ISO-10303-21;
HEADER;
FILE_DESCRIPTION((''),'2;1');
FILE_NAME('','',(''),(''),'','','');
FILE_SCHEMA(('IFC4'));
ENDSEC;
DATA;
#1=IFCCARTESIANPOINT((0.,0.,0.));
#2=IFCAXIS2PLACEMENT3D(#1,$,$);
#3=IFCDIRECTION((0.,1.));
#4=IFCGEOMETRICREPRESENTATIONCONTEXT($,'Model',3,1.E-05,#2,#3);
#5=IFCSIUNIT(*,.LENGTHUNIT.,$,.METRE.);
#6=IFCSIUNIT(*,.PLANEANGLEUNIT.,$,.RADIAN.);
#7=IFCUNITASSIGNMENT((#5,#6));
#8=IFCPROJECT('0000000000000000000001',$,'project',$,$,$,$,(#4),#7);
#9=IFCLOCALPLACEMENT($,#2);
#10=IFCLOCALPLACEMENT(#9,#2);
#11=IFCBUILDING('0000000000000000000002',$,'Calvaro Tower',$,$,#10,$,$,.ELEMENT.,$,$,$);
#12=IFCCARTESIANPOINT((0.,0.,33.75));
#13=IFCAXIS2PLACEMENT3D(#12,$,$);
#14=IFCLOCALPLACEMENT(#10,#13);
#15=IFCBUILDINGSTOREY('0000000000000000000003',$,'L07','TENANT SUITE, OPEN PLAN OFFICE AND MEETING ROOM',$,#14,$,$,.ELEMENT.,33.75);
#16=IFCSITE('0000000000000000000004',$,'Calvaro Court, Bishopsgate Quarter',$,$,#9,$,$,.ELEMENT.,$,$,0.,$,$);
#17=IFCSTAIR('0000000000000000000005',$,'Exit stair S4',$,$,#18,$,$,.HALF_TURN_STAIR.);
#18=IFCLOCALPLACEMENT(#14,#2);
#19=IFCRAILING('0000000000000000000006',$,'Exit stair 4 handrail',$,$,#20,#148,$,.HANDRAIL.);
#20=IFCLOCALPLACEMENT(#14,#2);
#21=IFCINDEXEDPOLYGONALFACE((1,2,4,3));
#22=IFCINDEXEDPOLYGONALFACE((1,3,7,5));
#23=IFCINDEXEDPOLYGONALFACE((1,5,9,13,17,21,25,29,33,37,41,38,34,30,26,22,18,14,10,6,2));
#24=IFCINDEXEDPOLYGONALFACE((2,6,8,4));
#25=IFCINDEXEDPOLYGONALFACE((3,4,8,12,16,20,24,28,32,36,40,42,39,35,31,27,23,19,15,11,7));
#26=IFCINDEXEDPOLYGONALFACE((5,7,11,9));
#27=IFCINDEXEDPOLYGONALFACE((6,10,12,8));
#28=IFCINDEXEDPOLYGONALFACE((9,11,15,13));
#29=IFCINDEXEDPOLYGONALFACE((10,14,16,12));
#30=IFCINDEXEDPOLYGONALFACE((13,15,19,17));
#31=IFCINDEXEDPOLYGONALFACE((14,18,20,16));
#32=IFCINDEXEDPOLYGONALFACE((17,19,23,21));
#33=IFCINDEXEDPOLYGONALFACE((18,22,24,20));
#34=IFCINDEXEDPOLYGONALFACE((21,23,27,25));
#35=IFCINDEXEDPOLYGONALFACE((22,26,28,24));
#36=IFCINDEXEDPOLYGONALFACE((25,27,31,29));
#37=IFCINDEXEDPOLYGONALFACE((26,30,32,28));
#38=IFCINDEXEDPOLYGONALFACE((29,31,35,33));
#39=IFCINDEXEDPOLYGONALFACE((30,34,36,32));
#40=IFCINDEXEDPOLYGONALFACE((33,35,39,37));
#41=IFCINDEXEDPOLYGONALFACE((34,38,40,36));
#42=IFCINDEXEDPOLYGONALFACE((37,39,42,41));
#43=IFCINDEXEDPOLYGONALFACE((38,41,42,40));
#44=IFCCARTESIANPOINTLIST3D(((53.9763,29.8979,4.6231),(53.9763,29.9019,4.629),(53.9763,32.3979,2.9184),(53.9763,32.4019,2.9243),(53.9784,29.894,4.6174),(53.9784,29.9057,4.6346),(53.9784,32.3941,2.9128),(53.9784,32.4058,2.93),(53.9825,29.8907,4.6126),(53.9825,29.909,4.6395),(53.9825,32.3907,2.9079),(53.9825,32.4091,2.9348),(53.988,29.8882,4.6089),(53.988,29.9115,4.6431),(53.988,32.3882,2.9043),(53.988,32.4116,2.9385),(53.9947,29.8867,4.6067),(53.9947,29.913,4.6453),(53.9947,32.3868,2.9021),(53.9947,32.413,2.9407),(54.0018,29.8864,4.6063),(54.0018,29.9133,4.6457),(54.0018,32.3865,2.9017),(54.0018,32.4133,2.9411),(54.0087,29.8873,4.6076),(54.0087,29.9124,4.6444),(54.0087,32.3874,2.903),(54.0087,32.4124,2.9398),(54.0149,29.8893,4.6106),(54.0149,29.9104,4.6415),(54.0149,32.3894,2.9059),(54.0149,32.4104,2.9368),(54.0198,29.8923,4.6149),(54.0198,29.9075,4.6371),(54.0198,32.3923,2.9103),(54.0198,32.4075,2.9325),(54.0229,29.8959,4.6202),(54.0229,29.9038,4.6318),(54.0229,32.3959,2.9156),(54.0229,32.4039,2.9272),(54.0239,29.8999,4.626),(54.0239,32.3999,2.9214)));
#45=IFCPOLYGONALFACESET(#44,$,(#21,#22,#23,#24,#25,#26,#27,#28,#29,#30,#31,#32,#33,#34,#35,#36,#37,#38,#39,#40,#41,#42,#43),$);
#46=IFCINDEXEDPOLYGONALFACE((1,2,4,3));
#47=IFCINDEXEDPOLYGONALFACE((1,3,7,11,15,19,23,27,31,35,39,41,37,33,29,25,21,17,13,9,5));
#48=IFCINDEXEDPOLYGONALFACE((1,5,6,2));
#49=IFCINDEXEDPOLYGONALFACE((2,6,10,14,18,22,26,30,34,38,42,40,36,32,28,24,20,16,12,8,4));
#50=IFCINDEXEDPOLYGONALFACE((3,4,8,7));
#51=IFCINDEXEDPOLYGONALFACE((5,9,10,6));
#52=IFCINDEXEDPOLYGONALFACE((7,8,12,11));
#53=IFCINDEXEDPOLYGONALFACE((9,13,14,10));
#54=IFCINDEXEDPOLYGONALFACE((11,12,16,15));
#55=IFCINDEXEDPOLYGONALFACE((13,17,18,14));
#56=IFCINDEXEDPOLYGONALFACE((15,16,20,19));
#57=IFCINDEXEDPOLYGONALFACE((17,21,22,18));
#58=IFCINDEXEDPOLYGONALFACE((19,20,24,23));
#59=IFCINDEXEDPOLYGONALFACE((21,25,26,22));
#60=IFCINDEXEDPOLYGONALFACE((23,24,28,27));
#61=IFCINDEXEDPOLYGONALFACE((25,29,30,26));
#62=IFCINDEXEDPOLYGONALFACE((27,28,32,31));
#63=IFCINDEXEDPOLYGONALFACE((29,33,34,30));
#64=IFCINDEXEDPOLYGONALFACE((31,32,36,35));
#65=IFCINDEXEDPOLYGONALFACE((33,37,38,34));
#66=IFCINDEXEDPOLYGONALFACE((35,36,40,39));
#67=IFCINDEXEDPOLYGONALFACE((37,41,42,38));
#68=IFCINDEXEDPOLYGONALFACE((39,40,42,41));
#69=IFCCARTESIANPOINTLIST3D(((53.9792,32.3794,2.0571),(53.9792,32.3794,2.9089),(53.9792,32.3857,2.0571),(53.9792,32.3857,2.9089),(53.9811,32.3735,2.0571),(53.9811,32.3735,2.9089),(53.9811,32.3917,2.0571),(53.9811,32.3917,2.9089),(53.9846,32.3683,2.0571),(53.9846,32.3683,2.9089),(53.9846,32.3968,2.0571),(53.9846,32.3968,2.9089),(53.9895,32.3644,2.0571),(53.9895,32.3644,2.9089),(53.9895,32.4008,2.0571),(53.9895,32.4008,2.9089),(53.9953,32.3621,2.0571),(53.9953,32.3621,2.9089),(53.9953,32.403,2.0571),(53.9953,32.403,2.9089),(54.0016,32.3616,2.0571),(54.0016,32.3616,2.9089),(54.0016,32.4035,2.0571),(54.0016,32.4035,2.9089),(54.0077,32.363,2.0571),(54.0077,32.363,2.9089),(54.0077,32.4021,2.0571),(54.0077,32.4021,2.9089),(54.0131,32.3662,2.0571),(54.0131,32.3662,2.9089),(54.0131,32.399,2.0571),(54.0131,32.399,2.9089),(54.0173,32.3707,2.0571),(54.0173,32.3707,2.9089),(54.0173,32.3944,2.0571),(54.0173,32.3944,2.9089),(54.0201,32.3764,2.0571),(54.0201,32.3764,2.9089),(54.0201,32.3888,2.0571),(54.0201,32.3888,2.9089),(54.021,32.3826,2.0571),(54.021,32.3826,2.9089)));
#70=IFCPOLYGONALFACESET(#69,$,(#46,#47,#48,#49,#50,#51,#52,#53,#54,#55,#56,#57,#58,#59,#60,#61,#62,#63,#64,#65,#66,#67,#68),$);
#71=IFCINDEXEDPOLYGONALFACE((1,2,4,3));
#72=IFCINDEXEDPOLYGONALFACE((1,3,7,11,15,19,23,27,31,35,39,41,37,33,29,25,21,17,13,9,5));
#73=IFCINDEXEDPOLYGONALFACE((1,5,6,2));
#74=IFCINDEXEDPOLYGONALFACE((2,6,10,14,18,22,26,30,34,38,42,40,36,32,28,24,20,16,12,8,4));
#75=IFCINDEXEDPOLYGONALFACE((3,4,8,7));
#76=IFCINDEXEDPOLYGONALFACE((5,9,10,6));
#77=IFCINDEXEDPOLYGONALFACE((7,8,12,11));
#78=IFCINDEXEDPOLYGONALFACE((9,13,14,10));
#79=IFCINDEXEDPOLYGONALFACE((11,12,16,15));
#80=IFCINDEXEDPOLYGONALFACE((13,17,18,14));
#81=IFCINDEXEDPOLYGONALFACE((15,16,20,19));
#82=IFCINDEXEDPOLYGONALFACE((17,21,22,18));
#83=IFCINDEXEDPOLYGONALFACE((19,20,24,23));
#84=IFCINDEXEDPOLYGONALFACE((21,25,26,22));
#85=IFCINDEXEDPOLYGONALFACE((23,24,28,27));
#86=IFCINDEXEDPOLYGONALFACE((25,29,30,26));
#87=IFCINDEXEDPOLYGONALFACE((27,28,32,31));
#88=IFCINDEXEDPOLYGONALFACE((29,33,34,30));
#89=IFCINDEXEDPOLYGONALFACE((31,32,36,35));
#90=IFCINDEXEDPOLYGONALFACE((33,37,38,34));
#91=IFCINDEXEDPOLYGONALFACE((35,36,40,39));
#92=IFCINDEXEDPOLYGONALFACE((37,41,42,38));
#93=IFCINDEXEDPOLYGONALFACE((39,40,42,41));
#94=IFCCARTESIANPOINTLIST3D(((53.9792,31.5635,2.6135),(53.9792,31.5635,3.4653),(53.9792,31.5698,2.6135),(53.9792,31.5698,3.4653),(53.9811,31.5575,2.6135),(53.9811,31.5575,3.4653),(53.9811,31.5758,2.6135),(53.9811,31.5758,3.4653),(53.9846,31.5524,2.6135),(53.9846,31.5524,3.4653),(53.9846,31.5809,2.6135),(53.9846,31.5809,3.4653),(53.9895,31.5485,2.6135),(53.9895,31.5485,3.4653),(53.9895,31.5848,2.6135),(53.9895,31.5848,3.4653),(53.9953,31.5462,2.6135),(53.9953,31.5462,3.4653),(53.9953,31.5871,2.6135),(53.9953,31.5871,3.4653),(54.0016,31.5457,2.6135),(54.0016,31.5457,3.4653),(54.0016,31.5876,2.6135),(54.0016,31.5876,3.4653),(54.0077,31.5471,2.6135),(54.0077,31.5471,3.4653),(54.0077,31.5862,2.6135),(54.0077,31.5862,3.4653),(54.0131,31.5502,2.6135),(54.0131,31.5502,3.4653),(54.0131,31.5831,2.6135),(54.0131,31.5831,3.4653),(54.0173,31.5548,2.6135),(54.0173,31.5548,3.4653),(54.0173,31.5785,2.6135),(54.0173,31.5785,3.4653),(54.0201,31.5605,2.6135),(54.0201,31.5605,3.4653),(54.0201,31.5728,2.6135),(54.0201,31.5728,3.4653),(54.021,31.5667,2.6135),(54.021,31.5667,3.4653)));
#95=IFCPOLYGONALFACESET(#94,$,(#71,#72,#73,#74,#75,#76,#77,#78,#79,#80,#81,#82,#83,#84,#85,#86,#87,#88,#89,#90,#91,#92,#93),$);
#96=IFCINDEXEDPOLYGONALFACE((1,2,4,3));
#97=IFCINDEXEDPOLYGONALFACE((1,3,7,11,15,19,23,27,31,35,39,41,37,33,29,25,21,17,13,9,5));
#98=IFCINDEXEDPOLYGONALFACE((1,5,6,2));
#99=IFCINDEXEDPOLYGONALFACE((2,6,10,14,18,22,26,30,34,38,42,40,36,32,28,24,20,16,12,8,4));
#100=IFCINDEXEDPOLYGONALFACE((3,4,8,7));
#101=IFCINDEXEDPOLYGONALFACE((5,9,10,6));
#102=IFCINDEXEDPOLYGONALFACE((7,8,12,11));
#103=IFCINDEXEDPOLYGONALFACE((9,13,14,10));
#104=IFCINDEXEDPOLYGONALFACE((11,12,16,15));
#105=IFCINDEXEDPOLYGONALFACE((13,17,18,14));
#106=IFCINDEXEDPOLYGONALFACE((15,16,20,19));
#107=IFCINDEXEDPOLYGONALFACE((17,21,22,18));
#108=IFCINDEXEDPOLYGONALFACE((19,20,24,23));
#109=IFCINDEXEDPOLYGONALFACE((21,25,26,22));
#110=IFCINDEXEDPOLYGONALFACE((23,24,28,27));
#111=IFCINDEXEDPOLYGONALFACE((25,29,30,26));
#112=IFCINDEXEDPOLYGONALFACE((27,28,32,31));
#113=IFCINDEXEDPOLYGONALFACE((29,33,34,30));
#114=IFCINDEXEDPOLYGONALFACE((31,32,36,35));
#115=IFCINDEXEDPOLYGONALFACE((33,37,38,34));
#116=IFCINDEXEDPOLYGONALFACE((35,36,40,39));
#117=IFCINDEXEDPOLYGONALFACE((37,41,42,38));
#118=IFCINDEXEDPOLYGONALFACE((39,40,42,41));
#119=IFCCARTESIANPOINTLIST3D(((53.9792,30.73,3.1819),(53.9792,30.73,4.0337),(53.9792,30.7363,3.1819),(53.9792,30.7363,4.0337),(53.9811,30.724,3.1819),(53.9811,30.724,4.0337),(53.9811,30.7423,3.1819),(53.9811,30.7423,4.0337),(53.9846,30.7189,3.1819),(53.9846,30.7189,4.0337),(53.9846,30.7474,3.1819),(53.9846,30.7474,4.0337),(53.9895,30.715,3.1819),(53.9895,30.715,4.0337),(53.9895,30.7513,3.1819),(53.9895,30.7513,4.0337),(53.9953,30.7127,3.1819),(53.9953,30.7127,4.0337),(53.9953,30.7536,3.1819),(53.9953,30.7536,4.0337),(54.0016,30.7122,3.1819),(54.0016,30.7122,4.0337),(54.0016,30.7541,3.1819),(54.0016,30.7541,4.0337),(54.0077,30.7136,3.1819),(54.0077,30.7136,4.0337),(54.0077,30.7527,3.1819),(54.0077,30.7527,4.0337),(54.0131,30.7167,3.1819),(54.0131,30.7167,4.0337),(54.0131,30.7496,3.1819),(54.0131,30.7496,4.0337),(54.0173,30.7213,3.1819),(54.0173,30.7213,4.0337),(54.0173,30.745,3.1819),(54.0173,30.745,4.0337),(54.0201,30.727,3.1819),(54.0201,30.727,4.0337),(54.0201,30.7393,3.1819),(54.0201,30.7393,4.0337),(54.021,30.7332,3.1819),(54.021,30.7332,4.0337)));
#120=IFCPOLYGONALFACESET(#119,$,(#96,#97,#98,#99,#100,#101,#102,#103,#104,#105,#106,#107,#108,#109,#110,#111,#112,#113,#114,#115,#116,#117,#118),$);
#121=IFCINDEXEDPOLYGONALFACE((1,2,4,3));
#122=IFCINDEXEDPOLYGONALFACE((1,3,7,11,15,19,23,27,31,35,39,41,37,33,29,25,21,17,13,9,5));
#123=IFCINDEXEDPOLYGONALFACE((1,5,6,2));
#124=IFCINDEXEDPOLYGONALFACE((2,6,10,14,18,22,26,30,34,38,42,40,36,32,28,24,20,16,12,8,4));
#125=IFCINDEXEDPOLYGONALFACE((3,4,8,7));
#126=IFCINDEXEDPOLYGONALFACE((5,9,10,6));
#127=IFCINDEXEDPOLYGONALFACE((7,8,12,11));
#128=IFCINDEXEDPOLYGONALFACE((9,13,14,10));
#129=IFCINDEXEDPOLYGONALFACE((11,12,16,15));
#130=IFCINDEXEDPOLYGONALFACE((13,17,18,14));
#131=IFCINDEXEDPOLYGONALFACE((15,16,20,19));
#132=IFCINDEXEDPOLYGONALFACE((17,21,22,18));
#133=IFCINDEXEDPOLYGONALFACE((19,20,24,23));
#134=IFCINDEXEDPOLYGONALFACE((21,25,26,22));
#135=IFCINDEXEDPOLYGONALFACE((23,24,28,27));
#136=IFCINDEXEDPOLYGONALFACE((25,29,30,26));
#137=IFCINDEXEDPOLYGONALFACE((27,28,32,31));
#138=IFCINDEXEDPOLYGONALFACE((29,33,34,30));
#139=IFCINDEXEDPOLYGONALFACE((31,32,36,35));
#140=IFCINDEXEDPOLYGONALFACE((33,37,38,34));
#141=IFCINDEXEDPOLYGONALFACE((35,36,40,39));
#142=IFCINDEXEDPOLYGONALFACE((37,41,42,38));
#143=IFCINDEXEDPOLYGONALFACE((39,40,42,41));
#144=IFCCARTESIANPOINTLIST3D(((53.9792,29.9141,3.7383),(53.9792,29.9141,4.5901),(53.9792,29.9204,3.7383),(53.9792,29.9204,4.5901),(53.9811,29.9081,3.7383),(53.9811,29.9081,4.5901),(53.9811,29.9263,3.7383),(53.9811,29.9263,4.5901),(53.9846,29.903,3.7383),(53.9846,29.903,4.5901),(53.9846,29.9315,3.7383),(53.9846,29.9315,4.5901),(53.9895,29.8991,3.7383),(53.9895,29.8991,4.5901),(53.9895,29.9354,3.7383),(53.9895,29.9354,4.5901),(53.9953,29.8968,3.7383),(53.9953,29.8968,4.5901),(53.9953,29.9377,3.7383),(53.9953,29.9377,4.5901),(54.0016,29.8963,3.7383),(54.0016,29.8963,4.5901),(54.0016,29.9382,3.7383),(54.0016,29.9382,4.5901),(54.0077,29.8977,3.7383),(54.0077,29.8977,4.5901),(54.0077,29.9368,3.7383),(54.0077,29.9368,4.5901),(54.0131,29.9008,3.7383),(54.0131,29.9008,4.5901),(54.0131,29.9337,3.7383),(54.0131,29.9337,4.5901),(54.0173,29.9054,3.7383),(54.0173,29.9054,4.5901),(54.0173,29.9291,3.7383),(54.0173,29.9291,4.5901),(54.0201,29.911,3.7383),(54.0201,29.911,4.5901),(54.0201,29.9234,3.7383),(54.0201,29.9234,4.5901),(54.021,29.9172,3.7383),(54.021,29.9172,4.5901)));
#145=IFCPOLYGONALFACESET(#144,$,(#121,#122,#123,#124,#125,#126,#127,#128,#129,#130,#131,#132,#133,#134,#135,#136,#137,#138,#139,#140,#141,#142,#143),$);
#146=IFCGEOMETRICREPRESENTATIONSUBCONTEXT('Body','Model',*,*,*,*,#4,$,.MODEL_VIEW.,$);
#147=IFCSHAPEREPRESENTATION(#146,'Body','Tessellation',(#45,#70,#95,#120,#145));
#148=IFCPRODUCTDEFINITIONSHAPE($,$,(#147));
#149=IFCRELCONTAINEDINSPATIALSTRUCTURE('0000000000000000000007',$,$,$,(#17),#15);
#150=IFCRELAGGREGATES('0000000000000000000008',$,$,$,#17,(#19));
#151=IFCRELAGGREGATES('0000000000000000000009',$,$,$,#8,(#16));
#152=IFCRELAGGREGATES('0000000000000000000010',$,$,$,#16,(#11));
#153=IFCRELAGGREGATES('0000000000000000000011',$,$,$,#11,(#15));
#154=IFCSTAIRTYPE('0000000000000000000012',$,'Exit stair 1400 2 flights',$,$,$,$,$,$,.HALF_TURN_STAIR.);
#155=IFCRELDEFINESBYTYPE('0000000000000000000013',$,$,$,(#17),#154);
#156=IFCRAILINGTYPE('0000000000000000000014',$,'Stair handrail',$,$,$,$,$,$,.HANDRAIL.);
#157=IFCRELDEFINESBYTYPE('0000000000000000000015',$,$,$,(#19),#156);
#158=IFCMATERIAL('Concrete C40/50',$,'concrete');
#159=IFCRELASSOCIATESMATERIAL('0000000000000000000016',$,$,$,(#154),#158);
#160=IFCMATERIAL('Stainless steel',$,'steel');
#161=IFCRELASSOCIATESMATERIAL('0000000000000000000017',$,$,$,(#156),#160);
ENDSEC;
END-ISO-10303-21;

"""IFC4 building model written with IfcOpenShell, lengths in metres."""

from ifc_helpers import new_model, si_unit, direction, frame, origin, origin_2d, place, context, subcontext, project, spatial, circle, extrude, material, type_object, element, aggregate, save


model = new_model("IFC4")

# Units and contexts
model_context = context("Model", 3, precision=1e-05, world=origin(), true_north=direction((0.0, 1.0)))
body_context = subcontext(model_context, "Body", "Model", "MODEL_VIEW")
ifc_project = project(units=[si_unit("LENGTHUNIT", "METRE"), si_unit("PLANEANGLEUNIT", "RADIAN")], contexts=[model_context])

# Site, building, storey
site_placement = place(None, origin())
site = spatial("IfcSite", under=ifc_project, at=site_placement, Name="Calvaro Court, Bishopsgate Quarter", CompositionType="ELEMENT", RefElevation=0.0)
building_placement = place(site_placement, origin())
building = spatial("IfcBuilding", under=site, at=building_placement, Name="Calvaro Tower", CompositionType="ELEMENT")
storey_placement = place(building_placement, frame((0.0, 0.0, 33.75)))
storey = spatial("IfcBuildingStorey", under=building, at=storey_placement, Name="L07", Description="TENANT SUITE, OPEN PLAN OFFICE AND MEETING ROOM", CompositionType="ELEMENT", Elevation=33.75)

# Shared definitions
ifc_material_1 = material(Name="Concrete C40/50", Category="concrete")
stair_type = type_object("IfcStairType", Name="Exit stair 1400 2 flights", PredefinedType="HALF_TURN_STAIR", material=ifc_material_1)

# Stair, railing
stair_1_placement = place(storey_placement, origin())
stair_1 = element("IfcStair", 1, at=stair_1_placement, inside=storey, type_object=stair_type, Name="Exit stair S4", PredefinedType="HALF_TURN_STAIR")
ifc_material_2 = material(Name="Stainless steel", Category="steel")
railing_type = type_object("IfcRailingType", Name="Stair handrail", PredefinedType="HANDRAIL", material=ifc_material_2)
railing_1_placement = place(storey_placement, frame((54.0, 32.3999, 2.0454)))
railing_1 = element("IfcRailing", 2, at=railing_1_placement, type_object=railing_type, Name="Exit stair 4 handrail", PredefinedType="HANDRAIL", context=body_context, shape_type="SweptSolid", body=[
    extrude(circle(Radius=0.0239, at=origin_2d()), frame((0.0, 0.0, 0.876), z_axis=(0.0, -0.826221, 0.563347), x_axis=(1.0, 0.0, 0.0)), (0.0, 0.0, 1.0), 3.0259),
    extrude(circle(Radius=0.021, at=origin_2d()), frame((0.0, -0.0173, 0.0117)), (0.0, 0.0, 1.0), 0.8518),
    extrude(circle(Radius=0.021, at=origin_2d()), frame((0.0, -0.8333, 0.5681)), (0.0, 0.0, 1.0), 0.8518),
    extrude(circle(Radius=0.021, at=origin_2d()), frame((0.0, -1.6667, 1.1365)), (0.0, 0.0, 1.0), 0.8518),
    extrude(circle(Radius=0.021, at=origin_2d()), frame((0.0, -2.4827, 1.6929)), (0.0, 0.0, 1.0), 0.8518),
])
aggregate(stair_1, [railing_1])

save(model, "model.ifc")
